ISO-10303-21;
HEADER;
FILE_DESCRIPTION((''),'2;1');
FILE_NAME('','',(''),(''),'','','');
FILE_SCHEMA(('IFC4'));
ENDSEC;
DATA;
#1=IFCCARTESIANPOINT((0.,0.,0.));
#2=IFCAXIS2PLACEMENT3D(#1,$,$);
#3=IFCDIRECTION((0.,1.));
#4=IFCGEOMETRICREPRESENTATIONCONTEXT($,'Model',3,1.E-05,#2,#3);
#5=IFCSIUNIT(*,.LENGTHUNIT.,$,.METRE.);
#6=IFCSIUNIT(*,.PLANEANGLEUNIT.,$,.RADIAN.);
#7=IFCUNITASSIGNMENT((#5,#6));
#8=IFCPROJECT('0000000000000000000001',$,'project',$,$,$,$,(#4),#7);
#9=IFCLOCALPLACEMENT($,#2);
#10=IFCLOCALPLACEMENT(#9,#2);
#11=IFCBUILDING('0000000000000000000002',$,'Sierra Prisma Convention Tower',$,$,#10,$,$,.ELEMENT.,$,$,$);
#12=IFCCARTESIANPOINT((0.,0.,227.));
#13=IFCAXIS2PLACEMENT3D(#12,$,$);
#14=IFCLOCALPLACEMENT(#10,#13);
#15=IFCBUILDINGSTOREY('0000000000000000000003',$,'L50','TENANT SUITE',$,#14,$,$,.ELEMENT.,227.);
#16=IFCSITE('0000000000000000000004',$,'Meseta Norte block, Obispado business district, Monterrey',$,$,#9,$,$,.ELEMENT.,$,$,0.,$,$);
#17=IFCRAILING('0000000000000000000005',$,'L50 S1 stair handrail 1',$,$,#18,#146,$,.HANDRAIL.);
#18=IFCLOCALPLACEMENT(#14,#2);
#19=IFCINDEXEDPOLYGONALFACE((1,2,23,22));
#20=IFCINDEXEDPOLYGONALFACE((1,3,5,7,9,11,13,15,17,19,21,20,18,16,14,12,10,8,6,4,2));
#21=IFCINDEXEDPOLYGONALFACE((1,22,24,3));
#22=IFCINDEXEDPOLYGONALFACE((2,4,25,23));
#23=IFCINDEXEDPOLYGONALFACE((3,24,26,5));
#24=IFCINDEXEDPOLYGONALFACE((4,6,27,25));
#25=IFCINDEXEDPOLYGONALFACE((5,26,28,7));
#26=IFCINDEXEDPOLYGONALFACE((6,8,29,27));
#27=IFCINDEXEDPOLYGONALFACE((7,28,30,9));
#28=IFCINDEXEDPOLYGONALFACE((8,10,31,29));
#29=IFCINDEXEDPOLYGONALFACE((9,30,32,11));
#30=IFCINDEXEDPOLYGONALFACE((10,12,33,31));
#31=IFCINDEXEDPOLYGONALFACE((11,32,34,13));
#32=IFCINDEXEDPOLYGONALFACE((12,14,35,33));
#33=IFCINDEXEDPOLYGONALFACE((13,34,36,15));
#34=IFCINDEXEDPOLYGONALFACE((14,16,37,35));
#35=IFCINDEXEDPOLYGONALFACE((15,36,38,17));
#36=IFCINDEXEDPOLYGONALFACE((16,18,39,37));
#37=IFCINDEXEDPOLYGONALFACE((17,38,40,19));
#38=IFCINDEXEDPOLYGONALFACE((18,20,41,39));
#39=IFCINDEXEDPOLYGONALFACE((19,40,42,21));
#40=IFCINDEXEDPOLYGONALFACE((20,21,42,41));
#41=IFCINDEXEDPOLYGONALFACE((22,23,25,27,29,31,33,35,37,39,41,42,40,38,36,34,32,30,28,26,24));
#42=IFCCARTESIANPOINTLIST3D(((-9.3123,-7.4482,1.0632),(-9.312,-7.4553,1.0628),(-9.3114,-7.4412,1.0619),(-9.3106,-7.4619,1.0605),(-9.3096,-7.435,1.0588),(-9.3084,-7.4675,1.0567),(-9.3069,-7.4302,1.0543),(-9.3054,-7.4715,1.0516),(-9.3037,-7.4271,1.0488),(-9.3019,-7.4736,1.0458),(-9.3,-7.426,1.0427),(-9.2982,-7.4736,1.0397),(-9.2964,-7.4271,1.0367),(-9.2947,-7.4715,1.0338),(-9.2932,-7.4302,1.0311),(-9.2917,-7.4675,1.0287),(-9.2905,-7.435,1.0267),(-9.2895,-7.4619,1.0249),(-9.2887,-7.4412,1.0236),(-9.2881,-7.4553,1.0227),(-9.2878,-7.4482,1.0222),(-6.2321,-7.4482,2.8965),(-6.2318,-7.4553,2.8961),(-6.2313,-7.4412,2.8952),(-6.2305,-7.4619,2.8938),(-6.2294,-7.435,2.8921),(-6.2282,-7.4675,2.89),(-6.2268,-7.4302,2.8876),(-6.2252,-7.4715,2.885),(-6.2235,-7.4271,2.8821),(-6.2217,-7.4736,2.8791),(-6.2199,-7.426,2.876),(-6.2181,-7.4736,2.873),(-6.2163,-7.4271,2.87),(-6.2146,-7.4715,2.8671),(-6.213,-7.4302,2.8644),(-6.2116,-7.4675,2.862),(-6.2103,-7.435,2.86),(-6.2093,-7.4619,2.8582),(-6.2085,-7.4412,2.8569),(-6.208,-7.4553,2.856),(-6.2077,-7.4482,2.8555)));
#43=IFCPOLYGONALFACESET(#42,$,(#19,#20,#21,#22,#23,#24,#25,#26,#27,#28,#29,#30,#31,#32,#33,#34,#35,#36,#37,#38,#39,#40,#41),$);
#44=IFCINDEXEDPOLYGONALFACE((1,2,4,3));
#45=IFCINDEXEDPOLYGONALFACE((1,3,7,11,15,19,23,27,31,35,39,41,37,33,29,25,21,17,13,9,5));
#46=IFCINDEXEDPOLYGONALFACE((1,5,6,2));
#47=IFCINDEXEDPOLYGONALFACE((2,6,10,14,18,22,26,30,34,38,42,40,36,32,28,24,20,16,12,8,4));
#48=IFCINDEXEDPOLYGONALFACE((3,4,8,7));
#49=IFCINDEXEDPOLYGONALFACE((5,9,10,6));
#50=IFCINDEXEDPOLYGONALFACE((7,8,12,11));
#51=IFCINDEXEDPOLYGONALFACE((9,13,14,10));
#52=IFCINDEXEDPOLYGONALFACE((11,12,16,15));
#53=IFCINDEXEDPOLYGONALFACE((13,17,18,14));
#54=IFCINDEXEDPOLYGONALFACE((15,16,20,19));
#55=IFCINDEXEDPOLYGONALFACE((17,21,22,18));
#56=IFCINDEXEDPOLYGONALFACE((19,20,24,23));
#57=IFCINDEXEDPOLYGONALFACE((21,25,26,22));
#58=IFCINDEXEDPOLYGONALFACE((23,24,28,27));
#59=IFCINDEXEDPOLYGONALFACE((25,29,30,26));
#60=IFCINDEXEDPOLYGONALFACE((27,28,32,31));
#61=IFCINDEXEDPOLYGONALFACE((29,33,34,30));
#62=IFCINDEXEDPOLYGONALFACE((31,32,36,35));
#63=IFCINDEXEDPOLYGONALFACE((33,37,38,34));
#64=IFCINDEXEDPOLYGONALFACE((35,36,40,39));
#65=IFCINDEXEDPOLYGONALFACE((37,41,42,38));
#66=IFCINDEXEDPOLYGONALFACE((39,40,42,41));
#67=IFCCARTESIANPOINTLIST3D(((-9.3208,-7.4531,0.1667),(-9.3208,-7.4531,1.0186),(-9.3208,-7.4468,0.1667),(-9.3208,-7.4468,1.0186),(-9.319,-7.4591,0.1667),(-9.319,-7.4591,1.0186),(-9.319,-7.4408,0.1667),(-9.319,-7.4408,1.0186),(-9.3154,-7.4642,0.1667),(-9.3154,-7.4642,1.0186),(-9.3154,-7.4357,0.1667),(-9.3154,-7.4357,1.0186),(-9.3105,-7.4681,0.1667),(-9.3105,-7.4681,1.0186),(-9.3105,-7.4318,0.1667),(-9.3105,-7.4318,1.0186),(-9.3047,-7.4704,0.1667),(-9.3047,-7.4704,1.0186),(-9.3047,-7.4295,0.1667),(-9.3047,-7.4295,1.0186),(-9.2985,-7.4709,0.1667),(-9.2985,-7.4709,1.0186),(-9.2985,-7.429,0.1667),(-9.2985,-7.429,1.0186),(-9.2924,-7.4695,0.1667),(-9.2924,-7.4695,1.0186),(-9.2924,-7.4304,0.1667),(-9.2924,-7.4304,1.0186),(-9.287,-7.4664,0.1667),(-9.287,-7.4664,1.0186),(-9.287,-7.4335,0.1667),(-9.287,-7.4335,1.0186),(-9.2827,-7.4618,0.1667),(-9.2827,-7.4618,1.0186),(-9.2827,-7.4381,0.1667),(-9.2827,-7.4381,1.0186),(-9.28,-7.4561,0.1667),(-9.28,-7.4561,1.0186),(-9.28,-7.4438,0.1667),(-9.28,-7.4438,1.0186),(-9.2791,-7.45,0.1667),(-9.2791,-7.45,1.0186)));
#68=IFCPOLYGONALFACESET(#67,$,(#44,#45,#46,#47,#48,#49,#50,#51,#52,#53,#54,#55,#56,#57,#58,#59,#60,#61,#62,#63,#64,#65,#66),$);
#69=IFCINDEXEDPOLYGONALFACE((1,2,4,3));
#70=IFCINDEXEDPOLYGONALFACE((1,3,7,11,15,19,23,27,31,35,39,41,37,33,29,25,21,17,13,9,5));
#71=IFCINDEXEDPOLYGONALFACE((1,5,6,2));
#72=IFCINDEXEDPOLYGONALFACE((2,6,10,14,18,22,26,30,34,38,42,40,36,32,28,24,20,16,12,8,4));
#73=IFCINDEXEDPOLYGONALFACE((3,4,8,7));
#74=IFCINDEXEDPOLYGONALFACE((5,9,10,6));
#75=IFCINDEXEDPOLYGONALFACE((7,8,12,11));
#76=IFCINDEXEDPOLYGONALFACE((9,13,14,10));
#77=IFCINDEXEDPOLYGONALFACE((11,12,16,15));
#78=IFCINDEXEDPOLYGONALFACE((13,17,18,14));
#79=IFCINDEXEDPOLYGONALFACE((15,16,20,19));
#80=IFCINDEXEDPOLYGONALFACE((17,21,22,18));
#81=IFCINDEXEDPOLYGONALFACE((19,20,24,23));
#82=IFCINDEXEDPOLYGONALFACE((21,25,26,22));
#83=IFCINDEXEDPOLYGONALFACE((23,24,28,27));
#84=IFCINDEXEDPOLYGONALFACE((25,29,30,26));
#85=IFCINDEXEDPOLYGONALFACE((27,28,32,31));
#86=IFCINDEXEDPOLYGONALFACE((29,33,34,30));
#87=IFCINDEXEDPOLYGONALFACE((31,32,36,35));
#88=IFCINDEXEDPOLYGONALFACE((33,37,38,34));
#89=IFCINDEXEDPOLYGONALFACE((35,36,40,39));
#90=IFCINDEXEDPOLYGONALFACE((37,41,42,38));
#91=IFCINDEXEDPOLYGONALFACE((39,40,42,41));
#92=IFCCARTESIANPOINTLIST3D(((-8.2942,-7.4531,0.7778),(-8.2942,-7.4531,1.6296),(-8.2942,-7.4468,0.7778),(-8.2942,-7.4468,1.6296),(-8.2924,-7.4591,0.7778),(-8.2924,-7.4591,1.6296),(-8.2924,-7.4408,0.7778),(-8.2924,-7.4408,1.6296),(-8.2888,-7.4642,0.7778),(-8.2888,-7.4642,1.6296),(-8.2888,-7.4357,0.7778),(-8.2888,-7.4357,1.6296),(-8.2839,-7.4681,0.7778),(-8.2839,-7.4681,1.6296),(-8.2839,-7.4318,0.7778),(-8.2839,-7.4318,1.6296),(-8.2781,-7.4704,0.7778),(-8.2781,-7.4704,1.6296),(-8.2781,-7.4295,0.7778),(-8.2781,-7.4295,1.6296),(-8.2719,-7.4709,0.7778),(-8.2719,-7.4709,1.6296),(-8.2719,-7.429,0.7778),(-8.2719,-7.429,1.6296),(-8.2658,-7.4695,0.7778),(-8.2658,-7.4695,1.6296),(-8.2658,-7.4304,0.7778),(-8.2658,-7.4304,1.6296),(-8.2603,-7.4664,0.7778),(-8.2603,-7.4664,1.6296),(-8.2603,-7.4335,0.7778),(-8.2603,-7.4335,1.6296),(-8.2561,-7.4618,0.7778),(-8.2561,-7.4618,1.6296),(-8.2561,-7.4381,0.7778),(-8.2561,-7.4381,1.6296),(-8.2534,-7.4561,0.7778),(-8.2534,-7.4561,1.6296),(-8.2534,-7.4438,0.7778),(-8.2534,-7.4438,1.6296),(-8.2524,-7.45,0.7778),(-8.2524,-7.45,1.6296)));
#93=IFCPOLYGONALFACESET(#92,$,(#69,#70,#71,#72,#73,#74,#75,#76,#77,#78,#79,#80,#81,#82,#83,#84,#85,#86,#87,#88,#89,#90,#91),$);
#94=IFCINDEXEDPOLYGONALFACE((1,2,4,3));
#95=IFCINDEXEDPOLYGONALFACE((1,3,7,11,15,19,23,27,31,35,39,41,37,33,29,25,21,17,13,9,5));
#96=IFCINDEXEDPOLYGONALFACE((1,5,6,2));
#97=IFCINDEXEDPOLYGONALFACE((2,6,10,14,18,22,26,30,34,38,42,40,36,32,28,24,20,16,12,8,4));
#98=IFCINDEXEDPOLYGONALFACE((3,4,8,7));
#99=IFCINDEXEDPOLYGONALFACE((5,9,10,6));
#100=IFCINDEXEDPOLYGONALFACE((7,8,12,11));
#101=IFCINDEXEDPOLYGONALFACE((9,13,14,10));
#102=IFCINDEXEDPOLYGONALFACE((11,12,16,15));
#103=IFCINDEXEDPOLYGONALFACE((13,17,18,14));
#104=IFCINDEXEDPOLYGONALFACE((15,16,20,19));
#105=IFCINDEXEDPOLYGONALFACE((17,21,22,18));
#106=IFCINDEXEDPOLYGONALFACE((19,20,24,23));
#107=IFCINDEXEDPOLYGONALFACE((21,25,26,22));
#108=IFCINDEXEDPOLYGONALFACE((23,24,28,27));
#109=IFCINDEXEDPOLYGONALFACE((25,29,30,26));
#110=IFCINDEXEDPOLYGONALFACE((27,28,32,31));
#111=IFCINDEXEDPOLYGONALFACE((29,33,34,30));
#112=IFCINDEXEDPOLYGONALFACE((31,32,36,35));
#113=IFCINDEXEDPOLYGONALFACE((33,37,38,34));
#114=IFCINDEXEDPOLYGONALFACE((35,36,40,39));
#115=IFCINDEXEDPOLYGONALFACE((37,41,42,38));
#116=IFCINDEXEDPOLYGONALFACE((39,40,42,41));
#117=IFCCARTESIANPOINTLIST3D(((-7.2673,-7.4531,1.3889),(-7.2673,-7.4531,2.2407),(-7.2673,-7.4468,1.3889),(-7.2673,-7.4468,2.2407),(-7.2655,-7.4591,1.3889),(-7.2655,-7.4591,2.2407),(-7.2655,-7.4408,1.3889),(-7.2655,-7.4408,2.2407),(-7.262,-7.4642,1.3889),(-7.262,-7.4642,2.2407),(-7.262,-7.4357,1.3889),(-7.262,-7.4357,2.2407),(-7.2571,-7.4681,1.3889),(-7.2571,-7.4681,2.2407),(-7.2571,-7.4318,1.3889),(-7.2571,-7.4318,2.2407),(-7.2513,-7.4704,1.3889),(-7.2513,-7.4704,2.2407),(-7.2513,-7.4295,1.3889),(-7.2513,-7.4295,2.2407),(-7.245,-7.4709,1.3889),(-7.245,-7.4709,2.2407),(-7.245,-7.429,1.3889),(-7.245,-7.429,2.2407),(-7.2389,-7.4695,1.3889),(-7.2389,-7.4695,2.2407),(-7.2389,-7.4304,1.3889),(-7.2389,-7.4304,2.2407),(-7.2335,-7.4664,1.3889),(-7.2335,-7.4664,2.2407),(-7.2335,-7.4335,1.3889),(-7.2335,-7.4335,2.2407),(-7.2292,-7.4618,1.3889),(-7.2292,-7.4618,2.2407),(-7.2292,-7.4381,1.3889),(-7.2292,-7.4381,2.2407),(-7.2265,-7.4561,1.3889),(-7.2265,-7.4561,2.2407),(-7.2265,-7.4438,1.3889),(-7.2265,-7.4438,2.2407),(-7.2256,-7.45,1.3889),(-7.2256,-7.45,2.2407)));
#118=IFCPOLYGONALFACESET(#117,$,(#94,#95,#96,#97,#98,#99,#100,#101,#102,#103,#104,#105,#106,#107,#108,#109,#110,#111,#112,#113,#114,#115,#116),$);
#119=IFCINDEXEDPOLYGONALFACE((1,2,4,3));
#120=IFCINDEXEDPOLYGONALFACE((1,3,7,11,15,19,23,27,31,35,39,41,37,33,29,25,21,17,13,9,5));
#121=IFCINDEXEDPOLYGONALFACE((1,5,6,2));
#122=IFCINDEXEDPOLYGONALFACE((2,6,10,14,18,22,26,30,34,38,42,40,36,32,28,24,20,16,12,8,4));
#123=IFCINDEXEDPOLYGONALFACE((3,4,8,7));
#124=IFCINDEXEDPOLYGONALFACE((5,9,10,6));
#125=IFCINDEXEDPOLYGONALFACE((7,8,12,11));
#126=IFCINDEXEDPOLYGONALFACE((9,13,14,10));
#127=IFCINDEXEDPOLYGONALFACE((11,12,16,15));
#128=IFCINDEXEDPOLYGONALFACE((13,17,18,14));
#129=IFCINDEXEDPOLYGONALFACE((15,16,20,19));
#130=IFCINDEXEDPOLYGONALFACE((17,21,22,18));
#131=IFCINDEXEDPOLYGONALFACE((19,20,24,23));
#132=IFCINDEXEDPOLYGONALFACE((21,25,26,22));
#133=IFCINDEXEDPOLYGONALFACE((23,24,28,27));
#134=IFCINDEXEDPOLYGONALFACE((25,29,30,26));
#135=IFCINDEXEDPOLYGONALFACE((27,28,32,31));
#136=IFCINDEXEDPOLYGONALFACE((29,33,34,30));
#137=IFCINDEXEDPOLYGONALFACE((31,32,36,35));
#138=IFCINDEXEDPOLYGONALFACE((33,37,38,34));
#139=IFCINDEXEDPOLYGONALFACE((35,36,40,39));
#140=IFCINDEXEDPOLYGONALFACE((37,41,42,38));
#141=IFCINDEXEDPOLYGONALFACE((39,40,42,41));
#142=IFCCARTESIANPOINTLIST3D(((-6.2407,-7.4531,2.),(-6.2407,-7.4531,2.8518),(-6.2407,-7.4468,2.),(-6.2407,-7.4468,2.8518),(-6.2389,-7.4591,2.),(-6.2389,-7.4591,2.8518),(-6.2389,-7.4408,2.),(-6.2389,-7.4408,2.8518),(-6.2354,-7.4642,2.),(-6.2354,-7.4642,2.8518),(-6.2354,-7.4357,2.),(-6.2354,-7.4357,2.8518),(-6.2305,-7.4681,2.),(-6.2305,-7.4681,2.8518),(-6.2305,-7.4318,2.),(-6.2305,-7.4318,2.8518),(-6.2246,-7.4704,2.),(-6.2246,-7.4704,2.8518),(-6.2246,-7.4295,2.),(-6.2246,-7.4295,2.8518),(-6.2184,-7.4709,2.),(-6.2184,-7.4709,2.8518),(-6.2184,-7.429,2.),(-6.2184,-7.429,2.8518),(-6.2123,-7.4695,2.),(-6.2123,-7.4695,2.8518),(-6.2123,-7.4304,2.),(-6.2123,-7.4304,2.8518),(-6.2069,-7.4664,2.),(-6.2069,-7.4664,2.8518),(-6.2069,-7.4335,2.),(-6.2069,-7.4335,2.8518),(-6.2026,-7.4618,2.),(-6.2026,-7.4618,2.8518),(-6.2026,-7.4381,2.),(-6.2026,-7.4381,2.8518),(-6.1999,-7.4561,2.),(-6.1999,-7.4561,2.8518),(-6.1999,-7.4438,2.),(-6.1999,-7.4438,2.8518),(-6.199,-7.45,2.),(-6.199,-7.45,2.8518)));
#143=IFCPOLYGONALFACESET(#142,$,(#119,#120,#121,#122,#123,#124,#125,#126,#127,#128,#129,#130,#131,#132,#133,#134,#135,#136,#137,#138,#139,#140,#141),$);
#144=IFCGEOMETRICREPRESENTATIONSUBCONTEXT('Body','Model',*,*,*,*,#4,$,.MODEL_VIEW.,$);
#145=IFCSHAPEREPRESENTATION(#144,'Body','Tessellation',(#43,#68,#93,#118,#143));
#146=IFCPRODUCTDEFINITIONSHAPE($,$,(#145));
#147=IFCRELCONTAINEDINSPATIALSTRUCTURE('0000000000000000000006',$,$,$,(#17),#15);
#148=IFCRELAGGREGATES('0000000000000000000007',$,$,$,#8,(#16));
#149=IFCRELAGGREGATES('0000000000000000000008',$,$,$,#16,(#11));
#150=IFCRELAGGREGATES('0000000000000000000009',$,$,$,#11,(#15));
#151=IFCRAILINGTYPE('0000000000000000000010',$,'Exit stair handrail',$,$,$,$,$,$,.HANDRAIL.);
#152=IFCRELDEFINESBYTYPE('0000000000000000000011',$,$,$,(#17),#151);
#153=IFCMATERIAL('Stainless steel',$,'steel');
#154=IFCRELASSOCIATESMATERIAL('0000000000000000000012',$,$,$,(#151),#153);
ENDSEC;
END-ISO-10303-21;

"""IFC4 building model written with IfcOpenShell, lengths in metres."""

from ifc_helpers import new_model, si_unit, direction, frame, origin, origin_2d, place, context, subcontext, project, spatial, circle, extrude, material, type_object, element, save


model = new_model("IFC4")

# Units and contexts
model_context = context("Model", 3, precision=1e-05, world=origin(), true_north=direction((0.0, 1.0)))
body_context = subcontext(model_context, "Body", "Model", "MODEL_VIEW")
ifc_project = project(units=[si_unit("LENGTHUNIT", "METRE"), si_unit("PLANEANGLEUNIT", "RADIAN")], contexts=[model_context])

# Site, building, storey
site_placement = place(None, origin())
site = spatial("IfcSite", under=ifc_project, at=site_placement, Name="Meseta Norte block, Obispado business district, Monterrey", CompositionType="ELEMENT", RefElevation=0.0)
building_placement = place(site_placement, origin())
building = spatial("IfcBuilding", under=site, at=building_placement, Name="Sierra Prisma Convention Tower", CompositionType="ELEMENT")
storey_placement = place(building_placement, frame((0.0, 0.0, 227.0)))
storey = spatial("IfcBuildingStorey", under=building, at=storey_placement, Name="L50", Description="TENANT SUITE", CompositionType="ELEMENT", Elevation=227.0)

# Railing
ifc_material_1 = material(Name="Stainless steel", Category="steel")
railing_type_1 = type_object("IfcRailingType", Name="Exit stair handrail", PredefinedType="HANDRAIL", material=ifc_material_1)
railing_1_placement = place(storey_placement, frame((-9.3, -7.45, 0.1667)))
element("IfcRailing", 1, at=railing_1_placement, inside=storey, type_object=railing_type_1, Name="L50 S1 stair handrail 1", PredefinedType="HANDRAIL", context=body_context, shape_type="SweptSolid", body=[
    extrude(circle(Radius=0.0239, at=origin_2d()), frame((0.0, 0.0, 0.876), z_axis=(0.859309, 0.0, 0.511458), x_axis=(0.0, 1.0, 0.0)), (0.0, 0.0, 1.0), 3.5845),
    extrude(circle(Radius=0.021, at=origin_2d()), origin(), (0.0, 0.0, 1.0), 0.8518),
    extrude(circle(Radius=0.021, at=origin_2d()), frame((1.0266, 0.0, 0.6111)), (0.0, 0.0, 1.0), 0.8518),
    extrude(circle(Radius=0.021, at=origin_2d()), frame((2.0535, 0.0, 1.2222)), (0.0, 0.0, 1.0), 0.8518),
    extrude(circle(Radius=0.021, at=origin_2d()), frame((3.0801, 0.0, 1.8333)), (0.0, 0.0, 1.0), 0.8518),
])

save(model, "model.ifc")
